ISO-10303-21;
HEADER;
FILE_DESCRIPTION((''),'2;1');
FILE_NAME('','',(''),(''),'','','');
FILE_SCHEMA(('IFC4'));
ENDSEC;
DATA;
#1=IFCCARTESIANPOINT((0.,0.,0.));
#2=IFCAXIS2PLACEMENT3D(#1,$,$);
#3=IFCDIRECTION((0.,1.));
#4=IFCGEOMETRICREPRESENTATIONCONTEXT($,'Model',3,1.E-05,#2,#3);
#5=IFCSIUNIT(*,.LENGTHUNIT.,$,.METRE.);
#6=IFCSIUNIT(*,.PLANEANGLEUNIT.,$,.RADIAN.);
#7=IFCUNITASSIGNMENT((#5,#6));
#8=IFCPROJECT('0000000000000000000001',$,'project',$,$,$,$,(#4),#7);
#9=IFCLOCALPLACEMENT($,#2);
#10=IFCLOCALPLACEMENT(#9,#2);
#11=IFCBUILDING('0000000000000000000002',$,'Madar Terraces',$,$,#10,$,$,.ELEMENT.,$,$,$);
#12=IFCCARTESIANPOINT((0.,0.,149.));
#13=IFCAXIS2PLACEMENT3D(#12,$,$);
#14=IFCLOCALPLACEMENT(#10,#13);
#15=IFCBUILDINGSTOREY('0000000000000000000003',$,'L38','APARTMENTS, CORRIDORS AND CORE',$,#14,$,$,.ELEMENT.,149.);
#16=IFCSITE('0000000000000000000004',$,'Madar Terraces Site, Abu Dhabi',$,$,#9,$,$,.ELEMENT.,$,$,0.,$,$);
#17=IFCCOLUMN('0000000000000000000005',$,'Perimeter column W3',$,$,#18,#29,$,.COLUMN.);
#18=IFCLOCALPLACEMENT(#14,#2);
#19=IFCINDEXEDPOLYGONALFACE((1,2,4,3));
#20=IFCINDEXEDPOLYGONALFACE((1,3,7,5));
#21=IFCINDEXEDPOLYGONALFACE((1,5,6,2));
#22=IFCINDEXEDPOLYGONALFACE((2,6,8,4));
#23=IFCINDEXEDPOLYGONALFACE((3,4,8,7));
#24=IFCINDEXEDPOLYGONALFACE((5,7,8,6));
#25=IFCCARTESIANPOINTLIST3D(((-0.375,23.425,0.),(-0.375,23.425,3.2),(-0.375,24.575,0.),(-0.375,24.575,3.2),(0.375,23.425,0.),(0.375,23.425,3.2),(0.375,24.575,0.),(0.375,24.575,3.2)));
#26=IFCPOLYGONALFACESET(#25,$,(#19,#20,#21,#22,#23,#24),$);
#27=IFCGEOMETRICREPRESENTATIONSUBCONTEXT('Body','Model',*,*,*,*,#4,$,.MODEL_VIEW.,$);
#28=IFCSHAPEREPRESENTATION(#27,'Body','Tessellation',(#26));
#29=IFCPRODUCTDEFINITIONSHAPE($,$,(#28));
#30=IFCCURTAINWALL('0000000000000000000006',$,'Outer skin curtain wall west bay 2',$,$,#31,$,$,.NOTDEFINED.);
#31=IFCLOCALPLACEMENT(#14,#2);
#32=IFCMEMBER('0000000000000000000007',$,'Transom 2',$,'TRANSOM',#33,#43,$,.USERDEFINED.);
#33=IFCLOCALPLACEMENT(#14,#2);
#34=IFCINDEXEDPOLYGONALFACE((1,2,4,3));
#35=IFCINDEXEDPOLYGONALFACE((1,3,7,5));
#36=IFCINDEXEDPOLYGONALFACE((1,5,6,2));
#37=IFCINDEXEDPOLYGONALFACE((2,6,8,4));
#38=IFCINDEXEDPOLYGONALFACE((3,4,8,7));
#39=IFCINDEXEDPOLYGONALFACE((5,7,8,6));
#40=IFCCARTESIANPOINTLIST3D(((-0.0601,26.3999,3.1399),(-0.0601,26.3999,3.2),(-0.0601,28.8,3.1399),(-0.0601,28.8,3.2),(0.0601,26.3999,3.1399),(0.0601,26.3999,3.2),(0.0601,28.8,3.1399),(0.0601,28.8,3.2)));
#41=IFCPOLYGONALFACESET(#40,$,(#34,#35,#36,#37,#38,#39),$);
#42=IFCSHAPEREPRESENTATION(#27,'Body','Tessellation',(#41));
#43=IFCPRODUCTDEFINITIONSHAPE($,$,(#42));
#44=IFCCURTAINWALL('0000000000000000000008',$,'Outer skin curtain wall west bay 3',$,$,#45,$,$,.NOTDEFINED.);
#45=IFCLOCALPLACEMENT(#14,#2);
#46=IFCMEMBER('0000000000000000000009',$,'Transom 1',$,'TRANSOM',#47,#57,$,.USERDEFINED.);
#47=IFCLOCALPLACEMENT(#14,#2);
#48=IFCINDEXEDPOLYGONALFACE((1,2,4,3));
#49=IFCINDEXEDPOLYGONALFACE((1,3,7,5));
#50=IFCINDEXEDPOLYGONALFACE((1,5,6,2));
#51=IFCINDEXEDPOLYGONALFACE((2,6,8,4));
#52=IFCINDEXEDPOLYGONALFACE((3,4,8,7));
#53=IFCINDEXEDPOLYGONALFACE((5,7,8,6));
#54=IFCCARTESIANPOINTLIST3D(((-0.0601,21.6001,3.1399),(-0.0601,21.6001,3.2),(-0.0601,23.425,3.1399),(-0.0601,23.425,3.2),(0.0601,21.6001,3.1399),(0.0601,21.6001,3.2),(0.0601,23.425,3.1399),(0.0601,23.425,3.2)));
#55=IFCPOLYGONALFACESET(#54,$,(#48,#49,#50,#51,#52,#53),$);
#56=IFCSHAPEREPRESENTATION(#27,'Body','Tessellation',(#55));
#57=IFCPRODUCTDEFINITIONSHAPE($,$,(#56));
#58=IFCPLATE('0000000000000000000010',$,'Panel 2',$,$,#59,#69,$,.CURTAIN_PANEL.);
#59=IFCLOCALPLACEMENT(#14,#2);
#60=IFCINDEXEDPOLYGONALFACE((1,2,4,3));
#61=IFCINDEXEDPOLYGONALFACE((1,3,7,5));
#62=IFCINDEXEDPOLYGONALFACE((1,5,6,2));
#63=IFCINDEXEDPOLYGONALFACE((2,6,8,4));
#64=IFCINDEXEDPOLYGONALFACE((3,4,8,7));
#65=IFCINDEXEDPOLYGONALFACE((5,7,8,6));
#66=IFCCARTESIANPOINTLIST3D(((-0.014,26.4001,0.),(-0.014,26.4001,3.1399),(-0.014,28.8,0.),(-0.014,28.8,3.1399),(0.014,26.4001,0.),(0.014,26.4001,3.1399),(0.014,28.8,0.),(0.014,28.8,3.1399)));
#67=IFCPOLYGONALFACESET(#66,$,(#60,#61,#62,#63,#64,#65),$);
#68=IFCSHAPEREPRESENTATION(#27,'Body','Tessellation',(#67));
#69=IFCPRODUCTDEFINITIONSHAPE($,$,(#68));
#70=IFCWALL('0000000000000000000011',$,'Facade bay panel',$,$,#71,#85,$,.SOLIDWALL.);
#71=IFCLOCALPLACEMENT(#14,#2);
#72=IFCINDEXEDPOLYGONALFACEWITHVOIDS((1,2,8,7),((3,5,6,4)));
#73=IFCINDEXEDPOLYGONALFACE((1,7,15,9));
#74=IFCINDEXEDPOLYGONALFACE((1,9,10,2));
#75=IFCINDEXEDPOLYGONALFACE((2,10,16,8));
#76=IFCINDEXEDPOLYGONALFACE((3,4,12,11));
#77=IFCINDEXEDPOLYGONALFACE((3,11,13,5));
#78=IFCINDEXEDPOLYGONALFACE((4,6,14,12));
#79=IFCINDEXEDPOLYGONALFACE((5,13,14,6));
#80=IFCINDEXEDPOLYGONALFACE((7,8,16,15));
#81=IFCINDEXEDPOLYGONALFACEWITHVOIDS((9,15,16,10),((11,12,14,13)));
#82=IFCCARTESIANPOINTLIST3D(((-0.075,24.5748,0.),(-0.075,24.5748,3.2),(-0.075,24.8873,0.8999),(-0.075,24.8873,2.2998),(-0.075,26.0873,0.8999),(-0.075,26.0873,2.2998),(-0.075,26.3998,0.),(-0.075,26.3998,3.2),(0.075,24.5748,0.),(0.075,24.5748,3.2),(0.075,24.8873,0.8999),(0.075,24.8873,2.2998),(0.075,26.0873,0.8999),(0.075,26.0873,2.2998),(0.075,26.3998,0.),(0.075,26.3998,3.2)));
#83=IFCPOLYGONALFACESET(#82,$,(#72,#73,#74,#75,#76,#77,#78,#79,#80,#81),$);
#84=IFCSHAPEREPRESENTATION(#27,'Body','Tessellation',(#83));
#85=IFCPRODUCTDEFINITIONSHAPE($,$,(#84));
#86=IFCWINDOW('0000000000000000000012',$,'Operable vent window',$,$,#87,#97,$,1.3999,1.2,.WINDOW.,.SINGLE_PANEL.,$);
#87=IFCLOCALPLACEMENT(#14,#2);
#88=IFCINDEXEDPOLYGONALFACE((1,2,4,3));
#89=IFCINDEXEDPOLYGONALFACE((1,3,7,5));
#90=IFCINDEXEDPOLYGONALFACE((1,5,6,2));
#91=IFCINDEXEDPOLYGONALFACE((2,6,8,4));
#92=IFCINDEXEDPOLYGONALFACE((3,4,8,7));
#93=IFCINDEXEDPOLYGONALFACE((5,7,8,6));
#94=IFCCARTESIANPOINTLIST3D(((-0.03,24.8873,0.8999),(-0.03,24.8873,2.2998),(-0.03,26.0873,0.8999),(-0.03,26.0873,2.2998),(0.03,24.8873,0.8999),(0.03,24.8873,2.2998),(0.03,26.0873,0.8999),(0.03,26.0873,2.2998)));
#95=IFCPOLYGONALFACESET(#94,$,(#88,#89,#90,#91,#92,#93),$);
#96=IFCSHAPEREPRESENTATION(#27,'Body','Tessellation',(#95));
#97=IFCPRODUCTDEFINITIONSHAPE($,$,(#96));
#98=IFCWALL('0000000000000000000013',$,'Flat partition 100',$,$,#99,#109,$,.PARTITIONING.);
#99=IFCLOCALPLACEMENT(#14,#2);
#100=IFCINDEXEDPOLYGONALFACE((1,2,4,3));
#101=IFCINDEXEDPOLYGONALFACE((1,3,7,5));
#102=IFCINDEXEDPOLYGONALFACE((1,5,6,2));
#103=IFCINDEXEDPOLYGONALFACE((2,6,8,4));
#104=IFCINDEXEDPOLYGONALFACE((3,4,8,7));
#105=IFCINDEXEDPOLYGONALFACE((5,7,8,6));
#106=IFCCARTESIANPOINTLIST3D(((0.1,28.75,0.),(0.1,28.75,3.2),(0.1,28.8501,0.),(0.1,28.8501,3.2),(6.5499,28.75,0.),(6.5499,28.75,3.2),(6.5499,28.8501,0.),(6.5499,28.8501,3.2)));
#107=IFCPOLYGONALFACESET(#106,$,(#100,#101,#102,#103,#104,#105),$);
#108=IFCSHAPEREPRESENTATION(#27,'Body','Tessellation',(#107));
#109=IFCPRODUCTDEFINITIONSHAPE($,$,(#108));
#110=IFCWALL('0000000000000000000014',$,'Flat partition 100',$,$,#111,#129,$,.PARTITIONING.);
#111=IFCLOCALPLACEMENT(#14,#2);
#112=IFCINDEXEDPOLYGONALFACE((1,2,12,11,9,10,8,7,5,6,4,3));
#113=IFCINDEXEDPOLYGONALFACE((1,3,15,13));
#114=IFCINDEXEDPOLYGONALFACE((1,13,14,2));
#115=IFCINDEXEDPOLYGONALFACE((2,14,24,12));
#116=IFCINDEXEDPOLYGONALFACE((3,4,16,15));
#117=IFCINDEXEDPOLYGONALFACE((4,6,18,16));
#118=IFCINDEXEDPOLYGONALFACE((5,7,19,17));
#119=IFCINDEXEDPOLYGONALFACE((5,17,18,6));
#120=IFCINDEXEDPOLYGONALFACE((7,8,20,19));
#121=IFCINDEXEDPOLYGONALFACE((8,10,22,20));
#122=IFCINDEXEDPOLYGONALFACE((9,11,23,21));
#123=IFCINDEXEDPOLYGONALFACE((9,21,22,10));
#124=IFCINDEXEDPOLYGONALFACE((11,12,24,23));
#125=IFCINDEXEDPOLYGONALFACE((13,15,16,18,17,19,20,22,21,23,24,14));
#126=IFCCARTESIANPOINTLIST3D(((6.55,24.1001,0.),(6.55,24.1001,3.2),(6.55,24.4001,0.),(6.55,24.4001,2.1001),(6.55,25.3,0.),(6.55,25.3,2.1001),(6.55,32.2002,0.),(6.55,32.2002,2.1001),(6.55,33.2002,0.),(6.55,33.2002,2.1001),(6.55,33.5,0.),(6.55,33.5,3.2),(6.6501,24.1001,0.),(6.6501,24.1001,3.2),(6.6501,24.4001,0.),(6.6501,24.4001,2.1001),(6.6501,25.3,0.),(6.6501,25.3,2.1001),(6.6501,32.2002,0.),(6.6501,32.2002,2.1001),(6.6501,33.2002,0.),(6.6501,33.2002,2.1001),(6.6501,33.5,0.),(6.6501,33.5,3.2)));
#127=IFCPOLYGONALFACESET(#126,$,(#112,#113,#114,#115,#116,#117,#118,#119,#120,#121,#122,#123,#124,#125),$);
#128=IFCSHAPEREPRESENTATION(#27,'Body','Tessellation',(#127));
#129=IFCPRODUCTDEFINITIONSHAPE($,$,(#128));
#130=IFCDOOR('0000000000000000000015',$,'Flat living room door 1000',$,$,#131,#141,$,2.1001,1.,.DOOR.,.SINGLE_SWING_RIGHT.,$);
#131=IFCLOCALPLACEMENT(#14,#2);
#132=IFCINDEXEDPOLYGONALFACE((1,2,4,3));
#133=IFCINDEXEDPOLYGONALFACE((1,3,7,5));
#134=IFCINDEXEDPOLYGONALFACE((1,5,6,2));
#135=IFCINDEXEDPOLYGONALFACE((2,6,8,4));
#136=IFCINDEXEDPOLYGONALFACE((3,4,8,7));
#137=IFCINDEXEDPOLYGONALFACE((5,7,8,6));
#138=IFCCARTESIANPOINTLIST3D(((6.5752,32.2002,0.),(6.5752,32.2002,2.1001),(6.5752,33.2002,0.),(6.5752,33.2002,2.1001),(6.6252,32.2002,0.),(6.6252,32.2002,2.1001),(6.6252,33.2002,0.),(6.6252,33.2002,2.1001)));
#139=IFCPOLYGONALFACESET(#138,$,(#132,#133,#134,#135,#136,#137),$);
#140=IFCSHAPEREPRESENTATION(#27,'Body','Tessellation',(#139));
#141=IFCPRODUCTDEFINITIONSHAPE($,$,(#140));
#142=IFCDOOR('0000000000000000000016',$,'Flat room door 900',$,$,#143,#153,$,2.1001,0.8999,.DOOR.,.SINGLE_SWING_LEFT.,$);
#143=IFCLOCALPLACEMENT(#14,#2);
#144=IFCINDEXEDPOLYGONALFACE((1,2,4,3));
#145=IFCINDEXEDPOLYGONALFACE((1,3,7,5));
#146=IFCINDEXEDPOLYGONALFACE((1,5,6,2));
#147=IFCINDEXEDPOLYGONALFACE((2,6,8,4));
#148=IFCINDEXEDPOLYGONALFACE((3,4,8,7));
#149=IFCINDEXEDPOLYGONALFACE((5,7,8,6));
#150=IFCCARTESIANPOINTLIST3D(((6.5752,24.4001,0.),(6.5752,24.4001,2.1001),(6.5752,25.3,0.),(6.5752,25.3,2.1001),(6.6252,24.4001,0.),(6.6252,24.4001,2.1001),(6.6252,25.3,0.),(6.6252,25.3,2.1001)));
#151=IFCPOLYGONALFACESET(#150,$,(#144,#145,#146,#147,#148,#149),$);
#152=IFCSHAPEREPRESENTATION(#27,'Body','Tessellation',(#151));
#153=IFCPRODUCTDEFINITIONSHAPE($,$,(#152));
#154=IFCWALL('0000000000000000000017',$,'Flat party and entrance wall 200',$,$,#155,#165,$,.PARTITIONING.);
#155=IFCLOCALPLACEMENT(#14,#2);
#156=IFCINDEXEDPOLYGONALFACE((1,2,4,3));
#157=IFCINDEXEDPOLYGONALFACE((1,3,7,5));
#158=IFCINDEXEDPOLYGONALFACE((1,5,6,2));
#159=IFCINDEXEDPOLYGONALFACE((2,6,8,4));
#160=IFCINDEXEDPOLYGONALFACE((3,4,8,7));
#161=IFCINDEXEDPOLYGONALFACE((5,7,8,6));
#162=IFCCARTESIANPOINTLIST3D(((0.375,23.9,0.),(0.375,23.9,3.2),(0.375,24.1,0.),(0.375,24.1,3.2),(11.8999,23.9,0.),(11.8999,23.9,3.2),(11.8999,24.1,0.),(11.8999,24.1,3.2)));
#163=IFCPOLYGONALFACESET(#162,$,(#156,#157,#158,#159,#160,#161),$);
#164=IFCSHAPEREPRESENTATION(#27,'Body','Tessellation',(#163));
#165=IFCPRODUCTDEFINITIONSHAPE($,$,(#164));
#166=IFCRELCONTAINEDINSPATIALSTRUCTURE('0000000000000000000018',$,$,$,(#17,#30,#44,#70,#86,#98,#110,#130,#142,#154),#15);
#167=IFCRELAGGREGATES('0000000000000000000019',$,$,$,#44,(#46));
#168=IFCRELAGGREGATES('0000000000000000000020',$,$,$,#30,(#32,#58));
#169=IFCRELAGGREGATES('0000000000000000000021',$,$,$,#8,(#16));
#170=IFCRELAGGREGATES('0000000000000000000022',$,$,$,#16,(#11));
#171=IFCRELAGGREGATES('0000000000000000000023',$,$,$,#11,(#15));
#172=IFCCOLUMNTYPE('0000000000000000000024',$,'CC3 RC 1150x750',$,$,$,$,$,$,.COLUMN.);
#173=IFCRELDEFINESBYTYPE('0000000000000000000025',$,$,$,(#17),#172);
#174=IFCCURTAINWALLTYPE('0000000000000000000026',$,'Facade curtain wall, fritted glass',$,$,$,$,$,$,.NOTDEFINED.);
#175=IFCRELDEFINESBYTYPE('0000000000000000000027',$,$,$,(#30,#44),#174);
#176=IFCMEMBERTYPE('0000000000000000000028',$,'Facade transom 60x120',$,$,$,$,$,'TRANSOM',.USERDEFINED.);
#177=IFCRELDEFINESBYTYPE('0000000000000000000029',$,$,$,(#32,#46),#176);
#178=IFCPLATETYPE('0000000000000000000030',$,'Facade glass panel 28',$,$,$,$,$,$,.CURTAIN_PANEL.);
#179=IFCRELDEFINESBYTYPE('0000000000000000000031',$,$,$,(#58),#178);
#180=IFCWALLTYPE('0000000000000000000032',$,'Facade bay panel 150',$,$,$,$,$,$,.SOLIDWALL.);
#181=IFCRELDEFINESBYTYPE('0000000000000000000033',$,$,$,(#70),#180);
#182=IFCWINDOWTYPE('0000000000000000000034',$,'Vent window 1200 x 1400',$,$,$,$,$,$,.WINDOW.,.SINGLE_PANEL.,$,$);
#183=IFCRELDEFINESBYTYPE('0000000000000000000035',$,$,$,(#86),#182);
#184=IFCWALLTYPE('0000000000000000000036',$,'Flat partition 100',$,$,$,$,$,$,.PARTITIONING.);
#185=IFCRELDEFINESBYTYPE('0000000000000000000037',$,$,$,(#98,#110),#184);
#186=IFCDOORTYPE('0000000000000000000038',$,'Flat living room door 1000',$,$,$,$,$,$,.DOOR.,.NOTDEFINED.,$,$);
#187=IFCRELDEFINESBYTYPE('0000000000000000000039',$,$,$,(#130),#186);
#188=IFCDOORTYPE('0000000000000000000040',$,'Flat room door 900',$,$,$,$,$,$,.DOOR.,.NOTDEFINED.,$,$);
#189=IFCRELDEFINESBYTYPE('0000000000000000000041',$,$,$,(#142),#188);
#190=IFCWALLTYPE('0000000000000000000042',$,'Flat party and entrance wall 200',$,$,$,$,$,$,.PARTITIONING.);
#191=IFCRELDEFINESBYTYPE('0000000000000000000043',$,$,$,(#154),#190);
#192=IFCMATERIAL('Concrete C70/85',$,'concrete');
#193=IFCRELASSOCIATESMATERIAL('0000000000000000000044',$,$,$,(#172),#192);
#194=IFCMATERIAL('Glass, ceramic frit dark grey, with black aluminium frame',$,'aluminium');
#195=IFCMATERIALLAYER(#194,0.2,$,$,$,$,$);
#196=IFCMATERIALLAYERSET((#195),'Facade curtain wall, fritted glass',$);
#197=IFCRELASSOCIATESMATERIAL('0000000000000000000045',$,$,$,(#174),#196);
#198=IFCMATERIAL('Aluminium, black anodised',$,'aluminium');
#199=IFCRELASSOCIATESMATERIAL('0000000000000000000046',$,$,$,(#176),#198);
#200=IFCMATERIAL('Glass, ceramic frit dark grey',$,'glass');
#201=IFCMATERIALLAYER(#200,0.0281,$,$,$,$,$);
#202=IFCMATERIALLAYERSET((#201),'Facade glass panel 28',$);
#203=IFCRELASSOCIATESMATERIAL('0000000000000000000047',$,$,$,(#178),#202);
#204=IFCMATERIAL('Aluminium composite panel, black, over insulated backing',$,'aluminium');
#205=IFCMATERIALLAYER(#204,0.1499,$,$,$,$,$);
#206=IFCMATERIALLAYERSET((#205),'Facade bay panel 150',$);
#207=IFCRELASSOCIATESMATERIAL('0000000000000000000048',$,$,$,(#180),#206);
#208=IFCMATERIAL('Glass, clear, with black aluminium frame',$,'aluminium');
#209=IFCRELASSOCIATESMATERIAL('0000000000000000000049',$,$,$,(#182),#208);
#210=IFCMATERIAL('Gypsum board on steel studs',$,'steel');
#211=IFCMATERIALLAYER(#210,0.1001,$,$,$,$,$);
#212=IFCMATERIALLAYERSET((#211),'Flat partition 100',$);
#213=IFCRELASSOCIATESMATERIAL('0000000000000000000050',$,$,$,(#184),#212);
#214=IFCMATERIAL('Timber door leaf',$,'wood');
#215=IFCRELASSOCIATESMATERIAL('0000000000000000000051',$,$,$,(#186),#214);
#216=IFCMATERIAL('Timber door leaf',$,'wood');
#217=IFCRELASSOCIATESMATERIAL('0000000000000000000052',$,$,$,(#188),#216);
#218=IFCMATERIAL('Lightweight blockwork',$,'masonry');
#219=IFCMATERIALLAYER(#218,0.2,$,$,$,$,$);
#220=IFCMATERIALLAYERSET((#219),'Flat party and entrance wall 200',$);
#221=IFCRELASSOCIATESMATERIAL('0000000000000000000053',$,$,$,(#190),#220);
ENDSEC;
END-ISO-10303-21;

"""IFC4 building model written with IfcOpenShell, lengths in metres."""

from ifc_helpers import new_model, si_unit, direction, frame, frame_2d, origin, origin_2d, place, context, subcontext, project, spatial, rectangle, extrude, material, layer, layer_set, material_profile, profile_set, type_object, element, fill, aggregate, save


model = new_model("IFC4")

# Units and contexts
model_context = context("Model", 3, precision=1e-05, world=origin(), true_north=direction((0.0, 1.0)))
body_context = subcontext(model_context, "Body", "Model", "MODEL_VIEW")
ifc_project = project(units=[si_unit("LENGTHUNIT", "METRE"), si_unit("PLANEANGLEUNIT", "RADIAN")], contexts=[model_context])

# Site, building, storey
site_placement = place(None, origin())
site = spatial("IfcSite", under=ifc_project, at=site_placement, Name="Madar Terraces Site, Abu Dhabi", CompositionType="ELEMENT", RefElevation=0.0)
building_placement = place(site_placement, origin())
building = spatial("IfcBuilding", under=site, at=building_placement, Name="Madar Terraces", CompositionType="ELEMENT")
storey_placement = place(building_placement, frame((0.0, 0.0, 149.0)))
storey = spatial("IfcBuildingStorey", under=building, at=storey_placement, Name="L38", Description="APARTMENTS, CORRIDORS AND CORE", CompositionType="ELEMENT", Elevation=149.0)

# Column
ifc_material_1 = material(Name="Concrete C70/85", Category="concrete")
ifc_material_profile_1 = material_profile(ifc_material_1, rectangle(XDim=1.1499, YDim=0.75, at=origin_2d()), Name="CC3 RC 1150x750")
ifc_profile_set_1 = profile_set([ifc_material_profile_1], Name="Concrete C70/85")
column_type = type_object("IfcColumnType", Name="CC3 RC 1150x750", PredefinedType="COLUMN", material=ifc_profile_set_1)
column_placement = place(storey_placement, frame((0.0, 24.0, 0.0), z_axis=(0.0, 0.0, 1.0), x_axis=(0.0, 1.0, 0.0)))
element("IfcColumn", 1, at=column_placement, inside=storey, type_object=column_type, Name="Perimeter column W3", PredefinedType="COLUMN", context=body_context, shape_type="SweptSolid", body=[
    extrude(rectangle(XDim=1.1499, YDim=0.75, at=origin_2d()), origin(), (0.0, 0.0, 1.0), 3.2),
])

# Curtain walls, members
ifc_material_2 = material(Name="Glass, ceramic frit dark grey, with black aluminium frame", Category="aluminium")
ifc_layer_1 = layer(ifc_material_2, 0.2)
ifc_layer_set_1 = layer_set([ifc_layer_1], Name="Facade curtain wall, fritted glass")
curtain_wall_type = type_object("IfcCurtainWallType", Name="Facade curtain wall, fritted glass", PredefinedType="NOTDEFINED", material=ifc_layer_set_1)
curtain_wall_1_placement = place(storey_placement, origin())
curtain_wall_1 = element("IfcCurtainWall", 2, at=curtain_wall_1_placement, inside=storey, type_object=curtain_wall_type, Name="Outer skin curtain wall west bay 2", PredefinedType="NOTDEFINED")
ifc_material_3 = material(Name="Aluminium, black anodised", Category="aluminium")
ifc_material_profile_2 = material_profile(ifc_material_3, rectangle(XDim=0.1201, YDim=0.0601, at=origin_2d()), Name="Facade transom 60x120")
ifc_profile_set_2 = profile_set([ifc_material_profile_2], Name="Aluminium, black anodised")
member_type = type_object("IfcMemberType", Name="Facade transom 60x120", ElementType="TRANSOM", PredefinedType="USERDEFINED", material=ifc_profile_set_2)
member_1_placement = place(storey_placement, frame((0.0, 28.8, 3.1699), z_axis=(0.0, -1.0, 0.0), x_axis=(1.0, 0.0, 0.0)))
member_1 = element("IfcMember", 3, at=member_1_placement, type_object=member_type, Name="Transom 2", ObjectType="TRANSOM", PredefinedType="USERDEFINED", context=body_context, shape_type="SweptSolid", body=[
    extrude(rectangle(XDim=0.1201, YDim=0.0601, at=origin_2d()), origin(), (0.0, 0.0, 1.0), 2.4001),
])
curtain_wall_2_placement = place(storey_placement, origin())
curtain_wall_2 = element("IfcCurtainWall", 4, at=curtain_wall_2_placement, inside=storey, type_object=curtain_wall_type, Name="Outer skin curtain wall west bay 3", PredefinedType="NOTDEFINED")
member_2_placement = place(storey_placement, frame((0.0, 23.425, 3.1699), z_axis=(0.0, -1.0, 0.0), x_axis=(1.0, 0.0, 0.0)))
member_2 = element("IfcMember", 5, at=member_2_placement, type_object=member_type, Name="Transom 1", ObjectType="TRANSOM", PredefinedType="USERDEFINED", context=body_context, shape_type="SweptSolid", body=[
    extrude(rectangle(XDim=0.1201, YDim=0.0601, at=origin_2d()), origin(), (0.0, 0.0, 1.0), 1.825),
])
aggregate(curtain_wall_2, [member_2])

# Plate
ifc_material_4 = material(Name="Glass, ceramic frit dark grey", Category="glass")
ifc_layer_2 = layer(ifc_material_4, 0.0281)
ifc_layer_set_2 = layer_set([ifc_layer_2], Name="Facade glass panel 28")
plate_type = type_object("IfcPlateType", Name="Facade glass panel 28", PredefinedType="CURTAIN_PANEL", material=ifc_layer_set_2)
plate_placement = place(storey_placement, frame((0.0, 27.6001, 0.0), z_axis=(0.0, 0.0, 1.0), x_axis=(0.0, -1.0, 0.0)))
plate = element("IfcPlate", 6, at=plate_placement, type_object=plate_type, Name="Panel 2", PredefinedType="CURTAIN_PANEL", context=body_context, shape_type="SweptSolid", body=[
    extrude(rectangle(XDim=2.3999, YDim=0.0281, at=origin_2d()), origin(), (0.0, 0.0, 1.0), 3.1399),
])
aggregate(curtain_wall_1, [member_1, plate])

# Shared definitions
ifc_material_5 = material(Name="Aluminium composite panel, black, over insulated backing", Category="aluminium")
ifc_layer_3 = layer(ifc_material_5, 0.1499)
ifc_layer_set_3 = layer_set([ifc_layer_3], Name="Facade bay panel 150")
wall_type_1 = type_object("IfcWallType", Name="Facade bay panel 150", PredefinedType="SOLIDWALL", material=ifc_layer_set_3)

# Wall, opening, window
wall_1_placement = place(storey_placement, frame((0.0, 26.3999, 0.0), z_axis=(0.0, 0.0, 1.0), x_axis=(0.0, -1.0, 0.0)))
wall_1 = element("IfcWall", 7, at=wall_1_placement, inside=storey, type_object=wall_type_1, Name="Facade bay panel", PredefinedType="SOLIDWALL", context=body_context, shape_type="SweptSolid", body=[
    extrude(rectangle(XDim=1.825, YDim=0.1499, at=frame_2d((0.9126, 0.0))), origin(), (0.0, 0.0, 1.0), 3.2),
])
opening_1_placement = place(wall_1_placement, frame((0.3125, 0.0, 0.8999)))
opening_1 = element("IfcOpeningElement", 8, at=opening_1_placement, cuts=wall_1, PredefinedType="OPENING", context=body_context, shape_type="SweptSolid", body=[
    extrude(rectangle(XDim=1.2, YDim=1.3999, at=frame_2d((0.6001, 0.7))), frame((0.0, 0.085, 0.0), z_axis=(0.0, -1.0, 0.0), x_axis=(1.0, 0.0, 0.0)), (0.0, 0.0, 1.0), 0.1699),
])
ifc_material_6 = material(Name="Glass, clear, with black aluminium frame", Category="aluminium")
window_type = type_object("IfcWindowType", Name="Vent window 1200 x 1400", PartitioningType="SINGLE_PANEL", PredefinedType="WINDOW", material=ifc_material_6)
window_placement = place(opening_1_placement, origin())
window = element("IfcWindow", 9, at=window_placement, inside=storey, type_object=window_type, Name="Operable vent window", OverallHeight=1.3999, OverallWidth=1.2, PartitioningType="SINGLE_PANEL", PredefinedType="WINDOW", context=body_context, shape_type="SweptSolid", body=[
    extrude(rectangle(XDim=1.2, YDim=1.3999, at=frame_2d((0.6001, 0.7))), frame((0.0, 0.03, 0.0), z_axis=(0.0, -1.0, 0.0), x_axis=(1.0, 0.0, 0.0)), (0.0, 0.0, 1.0), 0.0601),
])
fill(opening_1, window)

# Wall
ifc_material_7 = material(Name="Gypsum board on steel studs", Category="steel")
ifc_layer_4 = layer(ifc_material_7, 0.1001)
ifc_layer_set_4 = layer_set([ifc_layer_4], Name="Flat partition 100")
wall_type_2 = type_object("IfcWallType", Name="Flat partition 100", PredefinedType="PARTITIONING", material=ifc_layer_set_4)
wall_2_placement = place(storey_placement, frame((6.55, 28.8, 0.0), z_axis=(0.0, 0.0, 1.0), x_axis=(-1.0, 0.0, 0.0)))
element("IfcWall", 10, at=wall_2_placement, inside=storey, type_object=wall_type_2, Name="Flat partition 100", PredefinedType="PARTITIONING", context=body_context, shape_type="SweptSolid", body=[
    extrude(rectangle(XDim=6.45, YDim=0.1001, at=frame_2d((3.2251, 0.0))), origin(), (0.0, 0.0, 1.0), 3.2),
])

# Wall, openings, doors
wall_3_placement = place(storey_placement, frame((6.6001, 24.1001, 0.0), z_axis=(0.0, 0.0, 1.0), x_axis=(0.0, 1.0, 0.0)))
wall_3 = element("IfcWall", 11, at=wall_3_placement, inside=storey, type_object=wall_type_2, Name="Flat partition 100", PredefinedType="PARTITIONING", context=body_context, shape_type="SweptSolid", body=[
    extrude(rectangle(XDim=9.3999, YDim=0.1001, at=frame_2d((4.7, 0.0))), origin(), (0.0, 0.0, 1.0), 3.2),
])
opening_2_placement = place(wall_3_placement, frame((8.1001, 0.0, 0.0)))
opening_2 = element("IfcOpeningElement", 12, at=opening_2_placement, cuts=wall_3, PredefinedType="OPENING", context=body_context, shape_type="SweptSolid", body=[
    extrude(rectangle(XDim=1.0, YDim=2.1001, at=frame_2d((0.5, 1.05))), frame((0.0, 0.0601, 0.0), z_axis=(0.0, -1.0, 0.0), x_axis=(1.0, 0.0, 0.0)), (0.0, 0.0, 1.0), 0.1201),
])
opening_3_placement = place(wall_3_placement, frame((0.3, 0.0, 0.0)))
opening_3 = element("IfcOpeningElement", 13, at=opening_3_placement, cuts=wall_3, PredefinedType="OPENING", context=body_context, shape_type="SweptSolid", body=[
    extrude(rectangle(XDim=0.8999, YDim=2.1001, at=frame_2d((0.45, 1.05))), frame((0.0, 0.0601, 0.0), z_axis=(0.0, -1.0, 0.0), x_axis=(1.0, 0.0, 0.0)), (0.0, 0.0, 1.0), 0.1201),
])
ifc_material_8 = material(Name="Timber door leaf", Category="wood")
door_type_1 = type_object("IfcDoorType", Name="Flat living room door 1000", OperationType="NOTDEFINED", PredefinedType="DOOR", material=ifc_material_8)
door_1_placement = place(opening_2_placement, origin())
door_1 = element("IfcDoor", 14, at=door_1_placement, inside=storey, type_object=door_type_1, Name="Flat living room door 1000", OperationType="SINGLE_SWING_RIGHT", OverallHeight=2.1001, OverallWidth=1.0, PredefinedType="DOOR", context=body_context, shape_type="SweptSolid", body=[
    extrude(rectangle(XDim=1.0, YDim=2.1001, at=frame_2d((0.5, 1.05))), frame((0.0, 0.0249, 0.0), z_axis=(0.0, -1.0, 0.0), x_axis=(1.0, 0.0, 0.0)), (0.0, 0.0, 1.0), 0.05),
])
fill(opening_2, door_1)
ifc_material_9 = material(Name="Timber door leaf", Category="wood")
door_type_2 = type_object("IfcDoorType", Name="Flat room door 900", OperationType="NOTDEFINED", PredefinedType="DOOR", material=ifc_material_9)
door_2_placement = place(opening_3_placement, origin())
door_2 = element("IfcDoor", 15, at=door_2_placement, inside=storey, type_object=door_type_2, Name="Flat room door 900", OperationType="SINGLE_SWING_LEFT", OverallHeight=2.1001, OverallWidth=0.8999, PredefinedType="DOOR", context=body_context, shape_type="SweptSolid", body=[
    extrude(rectangle(XDim=0.8999, YDim=2.1001, at=frame_2d((0.45, 1.05))), frame((0.0, 0.0249, 0.0), z_axis=(0.0, -1.0, 0.0), x_axis=(1.0, 0.0, 0.0)), (0.0, 0.0, 1.0), 0.05),
])
fill(opening_3, door_2)

# Wall
ifc_material_10 = material(Name="Lightweight blockwork", Category="masonry")
ifc_layer_5 = layer(ifc_material_10, 0.2)
ifc_layer_set_5 = layer_set([ifc_layer_5], Name="Flat party and entrance wall 200")
wall_type_3 = type_object("IfcWallType", Name="Flat party and entrance wall 200", PredefinedType="PARTITIONING", material=ifc_layer_set_5)
wall_4_placement = place(storey_placement, frame((0.375, 24.0, 0.0), z_axis=(0.0, 0.0, 1.0), x_axis=(1.0, 0.0, 0.0)))
element("IfcWall", 16, at=wall_4_placement, inside=storey, type_object=wall_type_3, Name="Flat party and entrance wall 200", PredefinedType="PARTITIONING", context=body_context, shape_type="SweptSolid", body=[
    extrude(rectangle(XDim=11.5249, YDim=0.2, at=frame_2d((5.7625, 0.0))), origin(), (0.0, 0.0, 1.0), 3.2),
])

save(model, "model.ifc")
